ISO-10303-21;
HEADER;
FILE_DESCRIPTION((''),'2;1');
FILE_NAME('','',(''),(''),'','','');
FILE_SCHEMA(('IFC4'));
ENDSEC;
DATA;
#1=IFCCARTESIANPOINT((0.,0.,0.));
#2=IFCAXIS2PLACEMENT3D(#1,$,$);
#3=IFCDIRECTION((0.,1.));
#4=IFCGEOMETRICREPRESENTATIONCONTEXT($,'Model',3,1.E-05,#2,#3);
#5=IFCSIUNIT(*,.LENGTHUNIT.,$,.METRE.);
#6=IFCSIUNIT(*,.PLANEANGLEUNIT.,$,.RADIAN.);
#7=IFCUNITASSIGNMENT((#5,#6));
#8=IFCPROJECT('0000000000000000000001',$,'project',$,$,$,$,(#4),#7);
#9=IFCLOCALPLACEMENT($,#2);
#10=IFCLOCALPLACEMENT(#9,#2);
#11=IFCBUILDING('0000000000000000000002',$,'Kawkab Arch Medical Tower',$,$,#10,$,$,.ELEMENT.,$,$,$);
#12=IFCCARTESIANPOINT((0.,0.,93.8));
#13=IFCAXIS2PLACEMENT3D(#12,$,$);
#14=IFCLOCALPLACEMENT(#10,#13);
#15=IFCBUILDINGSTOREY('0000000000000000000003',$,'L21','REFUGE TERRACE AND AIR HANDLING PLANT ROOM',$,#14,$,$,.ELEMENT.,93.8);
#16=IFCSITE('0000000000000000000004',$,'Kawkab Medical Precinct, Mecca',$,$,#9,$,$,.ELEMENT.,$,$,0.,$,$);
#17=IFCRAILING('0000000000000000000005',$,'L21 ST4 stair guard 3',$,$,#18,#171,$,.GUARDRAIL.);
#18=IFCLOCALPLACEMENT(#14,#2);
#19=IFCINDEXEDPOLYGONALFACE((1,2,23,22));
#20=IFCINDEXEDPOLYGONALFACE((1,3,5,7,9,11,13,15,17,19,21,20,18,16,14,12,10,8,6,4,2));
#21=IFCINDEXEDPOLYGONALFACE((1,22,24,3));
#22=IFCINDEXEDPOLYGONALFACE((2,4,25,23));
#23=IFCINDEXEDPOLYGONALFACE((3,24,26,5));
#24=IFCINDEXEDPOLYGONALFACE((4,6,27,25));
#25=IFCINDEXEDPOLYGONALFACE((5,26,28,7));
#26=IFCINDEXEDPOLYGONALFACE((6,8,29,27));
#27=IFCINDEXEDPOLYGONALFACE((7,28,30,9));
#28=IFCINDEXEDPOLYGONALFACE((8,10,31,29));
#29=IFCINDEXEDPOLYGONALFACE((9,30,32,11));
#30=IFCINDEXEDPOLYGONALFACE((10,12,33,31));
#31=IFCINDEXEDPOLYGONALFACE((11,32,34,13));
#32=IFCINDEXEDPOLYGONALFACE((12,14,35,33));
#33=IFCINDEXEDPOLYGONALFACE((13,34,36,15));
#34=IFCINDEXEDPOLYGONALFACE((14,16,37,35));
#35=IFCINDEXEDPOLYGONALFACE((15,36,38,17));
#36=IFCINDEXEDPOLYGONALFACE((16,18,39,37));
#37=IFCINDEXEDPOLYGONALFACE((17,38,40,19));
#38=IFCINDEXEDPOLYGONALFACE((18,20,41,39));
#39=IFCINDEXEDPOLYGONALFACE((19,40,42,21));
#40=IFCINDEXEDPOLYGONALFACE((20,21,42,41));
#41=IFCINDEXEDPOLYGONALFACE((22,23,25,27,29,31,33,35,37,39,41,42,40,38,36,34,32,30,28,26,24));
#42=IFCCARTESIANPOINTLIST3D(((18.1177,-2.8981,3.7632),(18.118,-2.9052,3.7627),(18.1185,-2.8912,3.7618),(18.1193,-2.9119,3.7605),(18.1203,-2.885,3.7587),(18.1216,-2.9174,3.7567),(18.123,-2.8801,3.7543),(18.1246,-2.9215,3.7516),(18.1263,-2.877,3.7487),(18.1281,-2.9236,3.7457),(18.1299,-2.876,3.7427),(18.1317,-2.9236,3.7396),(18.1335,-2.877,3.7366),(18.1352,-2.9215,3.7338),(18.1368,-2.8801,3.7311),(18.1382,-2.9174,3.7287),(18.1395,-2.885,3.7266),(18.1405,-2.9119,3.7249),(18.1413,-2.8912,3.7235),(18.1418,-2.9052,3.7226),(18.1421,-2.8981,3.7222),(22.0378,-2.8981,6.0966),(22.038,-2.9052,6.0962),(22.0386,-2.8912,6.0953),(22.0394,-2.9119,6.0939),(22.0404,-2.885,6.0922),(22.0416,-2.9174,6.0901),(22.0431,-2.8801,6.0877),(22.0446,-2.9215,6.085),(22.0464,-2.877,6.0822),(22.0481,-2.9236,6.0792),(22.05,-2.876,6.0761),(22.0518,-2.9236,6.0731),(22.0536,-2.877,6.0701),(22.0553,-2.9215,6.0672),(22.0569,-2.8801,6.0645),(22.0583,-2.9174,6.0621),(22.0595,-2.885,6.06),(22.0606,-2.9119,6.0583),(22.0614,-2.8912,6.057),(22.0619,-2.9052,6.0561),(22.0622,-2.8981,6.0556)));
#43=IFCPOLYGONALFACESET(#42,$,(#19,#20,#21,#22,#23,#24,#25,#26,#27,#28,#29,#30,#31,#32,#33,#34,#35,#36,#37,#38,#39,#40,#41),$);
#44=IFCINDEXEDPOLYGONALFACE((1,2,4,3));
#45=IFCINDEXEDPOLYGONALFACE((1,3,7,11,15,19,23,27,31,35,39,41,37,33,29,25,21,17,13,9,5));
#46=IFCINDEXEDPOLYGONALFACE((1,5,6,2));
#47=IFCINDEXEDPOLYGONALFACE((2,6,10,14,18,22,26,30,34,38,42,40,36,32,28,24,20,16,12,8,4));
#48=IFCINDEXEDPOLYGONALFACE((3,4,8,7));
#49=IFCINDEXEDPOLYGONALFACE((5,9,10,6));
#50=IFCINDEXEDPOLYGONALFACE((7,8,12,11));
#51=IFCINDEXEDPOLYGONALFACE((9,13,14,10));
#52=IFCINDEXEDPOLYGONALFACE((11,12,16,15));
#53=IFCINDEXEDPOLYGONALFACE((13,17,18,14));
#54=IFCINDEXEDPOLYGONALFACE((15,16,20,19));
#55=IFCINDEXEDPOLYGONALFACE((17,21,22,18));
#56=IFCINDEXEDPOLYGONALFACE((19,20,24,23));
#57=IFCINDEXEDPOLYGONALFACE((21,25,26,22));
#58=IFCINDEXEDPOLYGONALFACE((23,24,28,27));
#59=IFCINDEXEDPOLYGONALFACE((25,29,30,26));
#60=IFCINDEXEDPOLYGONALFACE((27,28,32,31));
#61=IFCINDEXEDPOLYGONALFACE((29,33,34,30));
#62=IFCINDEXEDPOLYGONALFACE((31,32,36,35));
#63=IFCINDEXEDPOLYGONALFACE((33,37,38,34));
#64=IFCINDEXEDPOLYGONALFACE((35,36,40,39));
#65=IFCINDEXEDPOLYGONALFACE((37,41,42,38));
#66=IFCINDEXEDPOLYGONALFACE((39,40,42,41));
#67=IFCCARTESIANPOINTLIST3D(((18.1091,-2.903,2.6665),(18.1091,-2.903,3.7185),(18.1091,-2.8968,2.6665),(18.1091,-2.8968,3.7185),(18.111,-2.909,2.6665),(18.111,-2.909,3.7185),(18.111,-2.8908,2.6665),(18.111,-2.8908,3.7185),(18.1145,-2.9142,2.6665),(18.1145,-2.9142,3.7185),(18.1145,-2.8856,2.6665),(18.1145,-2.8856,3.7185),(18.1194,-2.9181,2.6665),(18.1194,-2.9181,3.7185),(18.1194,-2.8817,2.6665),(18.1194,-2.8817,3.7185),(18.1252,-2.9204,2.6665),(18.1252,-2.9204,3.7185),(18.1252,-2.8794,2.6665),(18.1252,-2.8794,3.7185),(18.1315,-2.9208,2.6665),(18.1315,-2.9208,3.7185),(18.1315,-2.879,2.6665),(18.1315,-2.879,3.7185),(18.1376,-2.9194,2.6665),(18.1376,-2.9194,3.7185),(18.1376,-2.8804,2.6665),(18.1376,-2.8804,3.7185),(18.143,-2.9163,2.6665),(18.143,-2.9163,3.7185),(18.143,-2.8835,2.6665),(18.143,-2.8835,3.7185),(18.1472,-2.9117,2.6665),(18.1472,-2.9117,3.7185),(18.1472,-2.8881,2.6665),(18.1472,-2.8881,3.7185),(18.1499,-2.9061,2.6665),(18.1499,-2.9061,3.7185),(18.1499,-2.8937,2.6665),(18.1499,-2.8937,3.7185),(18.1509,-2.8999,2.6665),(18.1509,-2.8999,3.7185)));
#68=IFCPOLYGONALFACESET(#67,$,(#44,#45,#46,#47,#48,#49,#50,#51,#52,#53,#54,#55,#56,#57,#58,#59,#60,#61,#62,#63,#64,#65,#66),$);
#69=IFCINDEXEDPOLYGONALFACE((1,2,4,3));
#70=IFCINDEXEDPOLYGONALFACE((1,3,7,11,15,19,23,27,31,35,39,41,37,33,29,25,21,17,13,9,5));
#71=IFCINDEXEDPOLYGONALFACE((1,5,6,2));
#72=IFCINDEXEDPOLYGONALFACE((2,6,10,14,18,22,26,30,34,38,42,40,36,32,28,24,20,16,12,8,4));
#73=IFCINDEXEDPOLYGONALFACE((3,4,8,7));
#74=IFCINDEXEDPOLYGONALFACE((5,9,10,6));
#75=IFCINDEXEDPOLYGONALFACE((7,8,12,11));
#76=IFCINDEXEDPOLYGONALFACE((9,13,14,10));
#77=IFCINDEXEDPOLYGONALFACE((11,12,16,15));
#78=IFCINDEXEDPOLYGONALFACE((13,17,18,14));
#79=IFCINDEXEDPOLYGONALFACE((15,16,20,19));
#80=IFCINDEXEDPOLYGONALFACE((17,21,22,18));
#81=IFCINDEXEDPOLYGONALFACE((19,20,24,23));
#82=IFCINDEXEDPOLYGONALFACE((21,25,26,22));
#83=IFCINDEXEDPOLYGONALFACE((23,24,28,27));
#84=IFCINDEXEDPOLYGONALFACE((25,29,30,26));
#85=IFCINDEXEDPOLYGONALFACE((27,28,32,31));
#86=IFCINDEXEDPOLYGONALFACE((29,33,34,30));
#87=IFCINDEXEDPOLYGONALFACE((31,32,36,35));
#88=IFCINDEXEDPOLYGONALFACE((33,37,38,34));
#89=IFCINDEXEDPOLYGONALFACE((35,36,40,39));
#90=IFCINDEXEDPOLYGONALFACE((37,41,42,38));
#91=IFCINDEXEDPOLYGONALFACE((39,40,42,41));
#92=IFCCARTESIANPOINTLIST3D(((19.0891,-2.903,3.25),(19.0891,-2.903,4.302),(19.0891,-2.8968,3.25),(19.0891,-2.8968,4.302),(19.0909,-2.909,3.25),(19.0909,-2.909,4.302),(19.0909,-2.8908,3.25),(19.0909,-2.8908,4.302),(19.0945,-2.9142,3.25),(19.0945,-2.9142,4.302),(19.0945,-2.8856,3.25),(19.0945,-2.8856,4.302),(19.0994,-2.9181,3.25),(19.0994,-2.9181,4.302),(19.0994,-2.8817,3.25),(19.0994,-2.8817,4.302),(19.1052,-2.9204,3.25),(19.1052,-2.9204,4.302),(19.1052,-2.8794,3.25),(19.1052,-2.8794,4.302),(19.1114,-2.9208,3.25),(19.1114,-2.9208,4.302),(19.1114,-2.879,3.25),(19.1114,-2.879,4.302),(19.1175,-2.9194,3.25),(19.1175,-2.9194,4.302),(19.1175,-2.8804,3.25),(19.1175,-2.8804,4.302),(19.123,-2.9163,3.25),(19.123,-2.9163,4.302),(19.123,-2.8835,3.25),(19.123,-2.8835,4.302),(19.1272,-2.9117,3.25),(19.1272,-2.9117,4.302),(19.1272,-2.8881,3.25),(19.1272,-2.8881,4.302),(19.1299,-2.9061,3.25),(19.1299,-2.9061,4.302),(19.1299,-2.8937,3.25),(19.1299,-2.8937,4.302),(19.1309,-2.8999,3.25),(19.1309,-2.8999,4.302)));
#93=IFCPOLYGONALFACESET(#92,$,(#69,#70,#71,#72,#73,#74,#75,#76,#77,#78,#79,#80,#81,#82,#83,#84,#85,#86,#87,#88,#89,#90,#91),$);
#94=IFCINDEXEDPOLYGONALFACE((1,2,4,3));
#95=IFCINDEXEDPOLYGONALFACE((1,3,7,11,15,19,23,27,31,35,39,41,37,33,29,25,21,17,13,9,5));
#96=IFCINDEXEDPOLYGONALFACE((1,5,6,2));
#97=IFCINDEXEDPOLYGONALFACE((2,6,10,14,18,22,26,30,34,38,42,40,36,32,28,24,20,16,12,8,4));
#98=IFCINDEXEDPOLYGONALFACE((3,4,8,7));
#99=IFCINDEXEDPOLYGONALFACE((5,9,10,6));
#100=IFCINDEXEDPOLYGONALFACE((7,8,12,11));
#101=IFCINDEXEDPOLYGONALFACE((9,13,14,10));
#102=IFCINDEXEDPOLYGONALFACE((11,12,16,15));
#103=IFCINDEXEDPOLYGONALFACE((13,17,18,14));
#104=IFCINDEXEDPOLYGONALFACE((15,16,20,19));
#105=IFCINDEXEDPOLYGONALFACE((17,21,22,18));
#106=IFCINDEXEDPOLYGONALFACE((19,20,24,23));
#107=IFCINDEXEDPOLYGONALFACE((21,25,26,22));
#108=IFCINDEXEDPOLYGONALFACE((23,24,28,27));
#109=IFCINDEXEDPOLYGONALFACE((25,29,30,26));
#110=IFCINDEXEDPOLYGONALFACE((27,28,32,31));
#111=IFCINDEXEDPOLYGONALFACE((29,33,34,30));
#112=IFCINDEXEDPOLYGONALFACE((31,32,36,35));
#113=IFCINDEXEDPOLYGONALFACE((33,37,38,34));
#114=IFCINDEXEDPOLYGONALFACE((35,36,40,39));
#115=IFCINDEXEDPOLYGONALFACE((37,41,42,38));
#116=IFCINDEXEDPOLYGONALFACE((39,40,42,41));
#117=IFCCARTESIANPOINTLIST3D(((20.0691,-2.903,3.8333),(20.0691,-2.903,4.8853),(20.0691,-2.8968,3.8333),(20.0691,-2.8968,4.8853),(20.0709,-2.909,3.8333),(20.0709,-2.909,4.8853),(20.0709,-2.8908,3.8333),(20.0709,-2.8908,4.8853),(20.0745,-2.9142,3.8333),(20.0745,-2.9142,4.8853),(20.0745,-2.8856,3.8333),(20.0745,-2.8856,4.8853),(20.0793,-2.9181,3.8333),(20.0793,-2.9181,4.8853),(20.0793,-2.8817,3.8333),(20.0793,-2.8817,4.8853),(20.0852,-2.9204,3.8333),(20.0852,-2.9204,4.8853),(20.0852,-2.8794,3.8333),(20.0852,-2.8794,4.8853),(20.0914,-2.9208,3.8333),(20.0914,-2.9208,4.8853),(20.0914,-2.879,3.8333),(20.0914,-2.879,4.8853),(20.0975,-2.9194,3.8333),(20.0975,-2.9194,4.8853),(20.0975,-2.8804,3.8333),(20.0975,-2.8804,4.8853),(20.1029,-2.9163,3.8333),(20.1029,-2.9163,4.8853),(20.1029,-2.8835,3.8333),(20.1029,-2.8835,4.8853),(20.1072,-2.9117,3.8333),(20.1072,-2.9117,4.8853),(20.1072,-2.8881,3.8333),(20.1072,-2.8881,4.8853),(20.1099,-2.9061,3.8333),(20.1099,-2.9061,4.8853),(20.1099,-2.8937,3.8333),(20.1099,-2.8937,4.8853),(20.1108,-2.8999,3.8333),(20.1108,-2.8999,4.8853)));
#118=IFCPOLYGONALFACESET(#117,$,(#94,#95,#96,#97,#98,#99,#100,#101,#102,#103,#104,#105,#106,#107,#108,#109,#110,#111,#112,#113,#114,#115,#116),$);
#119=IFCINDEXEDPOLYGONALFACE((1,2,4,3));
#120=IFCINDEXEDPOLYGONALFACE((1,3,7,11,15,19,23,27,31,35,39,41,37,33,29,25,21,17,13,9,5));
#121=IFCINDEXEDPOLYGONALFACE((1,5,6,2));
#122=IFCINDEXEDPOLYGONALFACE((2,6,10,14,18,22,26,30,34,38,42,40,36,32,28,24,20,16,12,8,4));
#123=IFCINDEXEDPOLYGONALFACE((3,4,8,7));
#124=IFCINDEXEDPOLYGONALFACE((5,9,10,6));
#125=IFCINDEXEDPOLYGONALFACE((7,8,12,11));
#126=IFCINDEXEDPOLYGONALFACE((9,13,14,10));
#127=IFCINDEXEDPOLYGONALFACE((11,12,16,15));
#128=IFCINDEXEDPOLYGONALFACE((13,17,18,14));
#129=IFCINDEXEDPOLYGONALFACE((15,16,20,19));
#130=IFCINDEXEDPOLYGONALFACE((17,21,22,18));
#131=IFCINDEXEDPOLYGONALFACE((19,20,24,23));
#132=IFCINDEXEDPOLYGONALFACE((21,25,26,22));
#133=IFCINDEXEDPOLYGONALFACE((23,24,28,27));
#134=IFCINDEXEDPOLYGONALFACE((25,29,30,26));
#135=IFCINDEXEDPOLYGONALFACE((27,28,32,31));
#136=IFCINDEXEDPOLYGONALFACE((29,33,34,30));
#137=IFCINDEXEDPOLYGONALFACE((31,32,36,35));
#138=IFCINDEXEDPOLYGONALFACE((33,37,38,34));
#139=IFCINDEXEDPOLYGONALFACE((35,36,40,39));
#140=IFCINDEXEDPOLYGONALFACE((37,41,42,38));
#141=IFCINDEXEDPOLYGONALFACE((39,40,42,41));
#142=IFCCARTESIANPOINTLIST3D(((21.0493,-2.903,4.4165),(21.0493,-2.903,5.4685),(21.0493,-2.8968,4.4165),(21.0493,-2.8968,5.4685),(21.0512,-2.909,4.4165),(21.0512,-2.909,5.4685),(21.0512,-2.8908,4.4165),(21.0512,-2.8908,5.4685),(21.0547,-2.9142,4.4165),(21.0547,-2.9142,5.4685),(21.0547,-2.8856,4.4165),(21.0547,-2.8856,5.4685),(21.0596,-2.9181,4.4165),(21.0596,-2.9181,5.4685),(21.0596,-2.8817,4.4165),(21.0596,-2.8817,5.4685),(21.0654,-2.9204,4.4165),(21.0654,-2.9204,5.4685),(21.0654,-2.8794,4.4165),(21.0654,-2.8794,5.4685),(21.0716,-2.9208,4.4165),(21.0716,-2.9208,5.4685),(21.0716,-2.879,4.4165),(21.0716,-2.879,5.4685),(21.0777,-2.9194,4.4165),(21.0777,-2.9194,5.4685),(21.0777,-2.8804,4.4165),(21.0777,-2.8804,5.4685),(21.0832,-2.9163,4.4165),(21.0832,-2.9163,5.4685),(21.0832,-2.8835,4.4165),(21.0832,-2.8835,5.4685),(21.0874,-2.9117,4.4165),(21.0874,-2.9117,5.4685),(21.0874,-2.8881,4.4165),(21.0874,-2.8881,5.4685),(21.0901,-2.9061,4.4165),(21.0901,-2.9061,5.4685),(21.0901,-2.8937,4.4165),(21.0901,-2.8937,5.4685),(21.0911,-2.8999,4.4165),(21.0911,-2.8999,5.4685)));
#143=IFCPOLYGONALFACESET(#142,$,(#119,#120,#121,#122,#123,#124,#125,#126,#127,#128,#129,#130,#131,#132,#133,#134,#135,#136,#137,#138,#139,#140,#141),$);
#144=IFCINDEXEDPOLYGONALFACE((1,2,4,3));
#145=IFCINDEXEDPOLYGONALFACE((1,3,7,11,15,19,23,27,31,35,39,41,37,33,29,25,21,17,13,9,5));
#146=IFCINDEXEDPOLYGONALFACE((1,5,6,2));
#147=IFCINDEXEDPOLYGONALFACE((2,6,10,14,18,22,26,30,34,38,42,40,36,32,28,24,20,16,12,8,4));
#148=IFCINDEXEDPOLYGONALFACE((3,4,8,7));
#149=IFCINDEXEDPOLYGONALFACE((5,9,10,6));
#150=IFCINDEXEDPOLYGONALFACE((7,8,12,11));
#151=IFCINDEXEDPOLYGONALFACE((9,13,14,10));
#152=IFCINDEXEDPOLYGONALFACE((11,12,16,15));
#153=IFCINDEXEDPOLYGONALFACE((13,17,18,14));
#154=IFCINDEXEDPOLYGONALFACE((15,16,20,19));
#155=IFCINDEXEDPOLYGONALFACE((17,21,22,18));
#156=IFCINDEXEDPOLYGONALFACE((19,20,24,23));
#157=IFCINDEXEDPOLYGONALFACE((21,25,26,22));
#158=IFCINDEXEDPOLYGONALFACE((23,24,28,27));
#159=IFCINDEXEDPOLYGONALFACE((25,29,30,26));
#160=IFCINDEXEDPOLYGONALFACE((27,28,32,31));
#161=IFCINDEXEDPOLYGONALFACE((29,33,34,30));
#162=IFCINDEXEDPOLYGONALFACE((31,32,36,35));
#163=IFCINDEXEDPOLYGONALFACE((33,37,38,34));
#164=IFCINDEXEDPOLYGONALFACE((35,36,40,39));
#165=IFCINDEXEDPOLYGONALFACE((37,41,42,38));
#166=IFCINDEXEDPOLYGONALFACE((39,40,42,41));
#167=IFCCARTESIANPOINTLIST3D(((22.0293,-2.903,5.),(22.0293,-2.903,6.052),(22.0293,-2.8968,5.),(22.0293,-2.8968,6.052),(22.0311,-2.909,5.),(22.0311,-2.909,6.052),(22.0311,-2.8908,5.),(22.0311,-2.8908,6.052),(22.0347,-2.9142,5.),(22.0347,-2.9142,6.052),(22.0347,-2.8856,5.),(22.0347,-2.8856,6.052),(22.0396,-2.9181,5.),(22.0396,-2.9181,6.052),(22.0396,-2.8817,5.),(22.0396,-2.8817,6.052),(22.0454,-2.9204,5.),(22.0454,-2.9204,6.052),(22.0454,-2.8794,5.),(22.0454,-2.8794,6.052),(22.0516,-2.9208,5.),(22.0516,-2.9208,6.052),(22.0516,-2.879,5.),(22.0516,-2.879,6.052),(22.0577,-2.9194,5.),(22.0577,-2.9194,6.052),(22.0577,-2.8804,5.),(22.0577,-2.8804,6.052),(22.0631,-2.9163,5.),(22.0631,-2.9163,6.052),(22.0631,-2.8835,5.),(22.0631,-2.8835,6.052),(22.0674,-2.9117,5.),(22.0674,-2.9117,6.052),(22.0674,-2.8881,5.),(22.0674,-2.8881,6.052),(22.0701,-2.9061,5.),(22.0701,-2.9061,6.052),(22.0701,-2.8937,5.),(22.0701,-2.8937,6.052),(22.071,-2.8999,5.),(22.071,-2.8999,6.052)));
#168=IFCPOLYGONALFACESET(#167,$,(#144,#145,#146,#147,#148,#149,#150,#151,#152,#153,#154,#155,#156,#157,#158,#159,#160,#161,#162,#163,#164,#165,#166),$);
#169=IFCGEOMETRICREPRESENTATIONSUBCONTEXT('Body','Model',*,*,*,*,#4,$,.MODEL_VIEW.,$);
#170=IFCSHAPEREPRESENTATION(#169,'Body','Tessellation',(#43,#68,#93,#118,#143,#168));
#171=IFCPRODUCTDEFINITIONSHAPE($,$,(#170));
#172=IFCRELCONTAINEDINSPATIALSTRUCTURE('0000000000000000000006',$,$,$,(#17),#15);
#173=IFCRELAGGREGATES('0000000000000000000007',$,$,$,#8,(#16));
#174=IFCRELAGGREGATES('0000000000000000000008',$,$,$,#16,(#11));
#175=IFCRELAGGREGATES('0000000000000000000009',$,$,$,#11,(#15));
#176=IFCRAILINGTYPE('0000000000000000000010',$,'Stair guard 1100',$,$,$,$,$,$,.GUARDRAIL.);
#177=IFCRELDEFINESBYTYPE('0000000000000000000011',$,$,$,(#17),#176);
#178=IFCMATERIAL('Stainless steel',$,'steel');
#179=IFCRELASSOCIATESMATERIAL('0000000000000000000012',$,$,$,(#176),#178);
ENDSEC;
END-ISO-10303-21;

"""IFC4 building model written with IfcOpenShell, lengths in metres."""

from ifc_helpers import new_model, si_unit, direction, frame, origin, origin_2d, place, context, subcontext, project, spatial, circle, extrude, material, type_object, element, save


model = new_model("IFC4")

# Units and contexts
model_context = context("Model", 3, precision=1e-05, world=origin(), true_north=direction((0.0, 1.0)))
body_context = subcontext(model_context, "Body", "Model", "MODEL_VIEW")
ifc_project = project(units=[si_unit("LENGTHUNIT", "METRE"), si_unit("PLANEANGLEUNIT", "RADIAN")], contexts=[model_context])

# Site, building, storey
site_placement = place(None, origin())
site = spatial("IfcSite", under=ifc_project, at=site_placement, Name="Kawkab Medical Precinct, Mecca", CompositionType="ELEMENT", RefElevation=0.0)
building_placement = place(site_placement, origin())
building = spatial("IfcBuilding", under=site, at=building_placement, Name="Kawkab Arch Medical Tower", CompositionType="ELEMENT")
storey_placement = place(building_placement, frame((0.0, 0.0, 93.8)))
storey = spatial("IfcBuildingStorey", under=building, at=storey_placement, Name="L21", Description="REFUGE TERRACE AND AIR HANDLING PLANT ROOM", CompositionType="ELEMENT", Elevation=93.8)

# Railing
ifc_material_1 = material(Name="Stainless steel", Category="steel")
railing_type = type_object("IfcRailingType", Name="Stair guard 1100", PredefinedType="GUARDRAIL", material=ifc_material_1)
railing_1_placement = place(storey_placement, frame((18.1299, -2.8999, 2.6665)))
element("IfcRailing", 1, at=railing_1_placement, inside=storey, type_object=railing_type, Name="L21 ST4 stair guard 3", PredefinedType="GUARDRAIL", context=body_context, shape_type="SweptSolid", body=[
    extrude(circle(Radius=0.0239, at=origin_2d()), frame((0.0, 0.0, 1.0762), z_axis=(0.859287, 0.0, 0.511494), x_axis=(0.0, 1.0, 0.0)), (0.0, 0.0, 1.0), 4.562),
    extrude(circle(Radius=0.021, at=origin_2d()), origin(), (0.0, 0.0, 1.0), 1.052),
    extrude(circle(Radius=0.021, at=origin_2d()), frame((0.98, 0.0, 0.5835)), (0.0, 0.0, 1.0), 1.052),
    extrude(circle(Radius=0.021, at=origin_2d()), frame((1.96, 0.0, 1.1667)), (0.0, 0.0, 1.0), 1.052),
    extrude(circle(Radius=0.021, at=origin_2d()), frame((2.9402, 0.0, 1.75)), (0.0, 0.0, 1.0), 1.052),
    extrude(circle(Radius=0.021, at=origin_2d()), frame((3.9202, 0.0, 2.3335)), (0.0, 0.0, 1.0), 1.052),
])

save(model, "model.ifc")
